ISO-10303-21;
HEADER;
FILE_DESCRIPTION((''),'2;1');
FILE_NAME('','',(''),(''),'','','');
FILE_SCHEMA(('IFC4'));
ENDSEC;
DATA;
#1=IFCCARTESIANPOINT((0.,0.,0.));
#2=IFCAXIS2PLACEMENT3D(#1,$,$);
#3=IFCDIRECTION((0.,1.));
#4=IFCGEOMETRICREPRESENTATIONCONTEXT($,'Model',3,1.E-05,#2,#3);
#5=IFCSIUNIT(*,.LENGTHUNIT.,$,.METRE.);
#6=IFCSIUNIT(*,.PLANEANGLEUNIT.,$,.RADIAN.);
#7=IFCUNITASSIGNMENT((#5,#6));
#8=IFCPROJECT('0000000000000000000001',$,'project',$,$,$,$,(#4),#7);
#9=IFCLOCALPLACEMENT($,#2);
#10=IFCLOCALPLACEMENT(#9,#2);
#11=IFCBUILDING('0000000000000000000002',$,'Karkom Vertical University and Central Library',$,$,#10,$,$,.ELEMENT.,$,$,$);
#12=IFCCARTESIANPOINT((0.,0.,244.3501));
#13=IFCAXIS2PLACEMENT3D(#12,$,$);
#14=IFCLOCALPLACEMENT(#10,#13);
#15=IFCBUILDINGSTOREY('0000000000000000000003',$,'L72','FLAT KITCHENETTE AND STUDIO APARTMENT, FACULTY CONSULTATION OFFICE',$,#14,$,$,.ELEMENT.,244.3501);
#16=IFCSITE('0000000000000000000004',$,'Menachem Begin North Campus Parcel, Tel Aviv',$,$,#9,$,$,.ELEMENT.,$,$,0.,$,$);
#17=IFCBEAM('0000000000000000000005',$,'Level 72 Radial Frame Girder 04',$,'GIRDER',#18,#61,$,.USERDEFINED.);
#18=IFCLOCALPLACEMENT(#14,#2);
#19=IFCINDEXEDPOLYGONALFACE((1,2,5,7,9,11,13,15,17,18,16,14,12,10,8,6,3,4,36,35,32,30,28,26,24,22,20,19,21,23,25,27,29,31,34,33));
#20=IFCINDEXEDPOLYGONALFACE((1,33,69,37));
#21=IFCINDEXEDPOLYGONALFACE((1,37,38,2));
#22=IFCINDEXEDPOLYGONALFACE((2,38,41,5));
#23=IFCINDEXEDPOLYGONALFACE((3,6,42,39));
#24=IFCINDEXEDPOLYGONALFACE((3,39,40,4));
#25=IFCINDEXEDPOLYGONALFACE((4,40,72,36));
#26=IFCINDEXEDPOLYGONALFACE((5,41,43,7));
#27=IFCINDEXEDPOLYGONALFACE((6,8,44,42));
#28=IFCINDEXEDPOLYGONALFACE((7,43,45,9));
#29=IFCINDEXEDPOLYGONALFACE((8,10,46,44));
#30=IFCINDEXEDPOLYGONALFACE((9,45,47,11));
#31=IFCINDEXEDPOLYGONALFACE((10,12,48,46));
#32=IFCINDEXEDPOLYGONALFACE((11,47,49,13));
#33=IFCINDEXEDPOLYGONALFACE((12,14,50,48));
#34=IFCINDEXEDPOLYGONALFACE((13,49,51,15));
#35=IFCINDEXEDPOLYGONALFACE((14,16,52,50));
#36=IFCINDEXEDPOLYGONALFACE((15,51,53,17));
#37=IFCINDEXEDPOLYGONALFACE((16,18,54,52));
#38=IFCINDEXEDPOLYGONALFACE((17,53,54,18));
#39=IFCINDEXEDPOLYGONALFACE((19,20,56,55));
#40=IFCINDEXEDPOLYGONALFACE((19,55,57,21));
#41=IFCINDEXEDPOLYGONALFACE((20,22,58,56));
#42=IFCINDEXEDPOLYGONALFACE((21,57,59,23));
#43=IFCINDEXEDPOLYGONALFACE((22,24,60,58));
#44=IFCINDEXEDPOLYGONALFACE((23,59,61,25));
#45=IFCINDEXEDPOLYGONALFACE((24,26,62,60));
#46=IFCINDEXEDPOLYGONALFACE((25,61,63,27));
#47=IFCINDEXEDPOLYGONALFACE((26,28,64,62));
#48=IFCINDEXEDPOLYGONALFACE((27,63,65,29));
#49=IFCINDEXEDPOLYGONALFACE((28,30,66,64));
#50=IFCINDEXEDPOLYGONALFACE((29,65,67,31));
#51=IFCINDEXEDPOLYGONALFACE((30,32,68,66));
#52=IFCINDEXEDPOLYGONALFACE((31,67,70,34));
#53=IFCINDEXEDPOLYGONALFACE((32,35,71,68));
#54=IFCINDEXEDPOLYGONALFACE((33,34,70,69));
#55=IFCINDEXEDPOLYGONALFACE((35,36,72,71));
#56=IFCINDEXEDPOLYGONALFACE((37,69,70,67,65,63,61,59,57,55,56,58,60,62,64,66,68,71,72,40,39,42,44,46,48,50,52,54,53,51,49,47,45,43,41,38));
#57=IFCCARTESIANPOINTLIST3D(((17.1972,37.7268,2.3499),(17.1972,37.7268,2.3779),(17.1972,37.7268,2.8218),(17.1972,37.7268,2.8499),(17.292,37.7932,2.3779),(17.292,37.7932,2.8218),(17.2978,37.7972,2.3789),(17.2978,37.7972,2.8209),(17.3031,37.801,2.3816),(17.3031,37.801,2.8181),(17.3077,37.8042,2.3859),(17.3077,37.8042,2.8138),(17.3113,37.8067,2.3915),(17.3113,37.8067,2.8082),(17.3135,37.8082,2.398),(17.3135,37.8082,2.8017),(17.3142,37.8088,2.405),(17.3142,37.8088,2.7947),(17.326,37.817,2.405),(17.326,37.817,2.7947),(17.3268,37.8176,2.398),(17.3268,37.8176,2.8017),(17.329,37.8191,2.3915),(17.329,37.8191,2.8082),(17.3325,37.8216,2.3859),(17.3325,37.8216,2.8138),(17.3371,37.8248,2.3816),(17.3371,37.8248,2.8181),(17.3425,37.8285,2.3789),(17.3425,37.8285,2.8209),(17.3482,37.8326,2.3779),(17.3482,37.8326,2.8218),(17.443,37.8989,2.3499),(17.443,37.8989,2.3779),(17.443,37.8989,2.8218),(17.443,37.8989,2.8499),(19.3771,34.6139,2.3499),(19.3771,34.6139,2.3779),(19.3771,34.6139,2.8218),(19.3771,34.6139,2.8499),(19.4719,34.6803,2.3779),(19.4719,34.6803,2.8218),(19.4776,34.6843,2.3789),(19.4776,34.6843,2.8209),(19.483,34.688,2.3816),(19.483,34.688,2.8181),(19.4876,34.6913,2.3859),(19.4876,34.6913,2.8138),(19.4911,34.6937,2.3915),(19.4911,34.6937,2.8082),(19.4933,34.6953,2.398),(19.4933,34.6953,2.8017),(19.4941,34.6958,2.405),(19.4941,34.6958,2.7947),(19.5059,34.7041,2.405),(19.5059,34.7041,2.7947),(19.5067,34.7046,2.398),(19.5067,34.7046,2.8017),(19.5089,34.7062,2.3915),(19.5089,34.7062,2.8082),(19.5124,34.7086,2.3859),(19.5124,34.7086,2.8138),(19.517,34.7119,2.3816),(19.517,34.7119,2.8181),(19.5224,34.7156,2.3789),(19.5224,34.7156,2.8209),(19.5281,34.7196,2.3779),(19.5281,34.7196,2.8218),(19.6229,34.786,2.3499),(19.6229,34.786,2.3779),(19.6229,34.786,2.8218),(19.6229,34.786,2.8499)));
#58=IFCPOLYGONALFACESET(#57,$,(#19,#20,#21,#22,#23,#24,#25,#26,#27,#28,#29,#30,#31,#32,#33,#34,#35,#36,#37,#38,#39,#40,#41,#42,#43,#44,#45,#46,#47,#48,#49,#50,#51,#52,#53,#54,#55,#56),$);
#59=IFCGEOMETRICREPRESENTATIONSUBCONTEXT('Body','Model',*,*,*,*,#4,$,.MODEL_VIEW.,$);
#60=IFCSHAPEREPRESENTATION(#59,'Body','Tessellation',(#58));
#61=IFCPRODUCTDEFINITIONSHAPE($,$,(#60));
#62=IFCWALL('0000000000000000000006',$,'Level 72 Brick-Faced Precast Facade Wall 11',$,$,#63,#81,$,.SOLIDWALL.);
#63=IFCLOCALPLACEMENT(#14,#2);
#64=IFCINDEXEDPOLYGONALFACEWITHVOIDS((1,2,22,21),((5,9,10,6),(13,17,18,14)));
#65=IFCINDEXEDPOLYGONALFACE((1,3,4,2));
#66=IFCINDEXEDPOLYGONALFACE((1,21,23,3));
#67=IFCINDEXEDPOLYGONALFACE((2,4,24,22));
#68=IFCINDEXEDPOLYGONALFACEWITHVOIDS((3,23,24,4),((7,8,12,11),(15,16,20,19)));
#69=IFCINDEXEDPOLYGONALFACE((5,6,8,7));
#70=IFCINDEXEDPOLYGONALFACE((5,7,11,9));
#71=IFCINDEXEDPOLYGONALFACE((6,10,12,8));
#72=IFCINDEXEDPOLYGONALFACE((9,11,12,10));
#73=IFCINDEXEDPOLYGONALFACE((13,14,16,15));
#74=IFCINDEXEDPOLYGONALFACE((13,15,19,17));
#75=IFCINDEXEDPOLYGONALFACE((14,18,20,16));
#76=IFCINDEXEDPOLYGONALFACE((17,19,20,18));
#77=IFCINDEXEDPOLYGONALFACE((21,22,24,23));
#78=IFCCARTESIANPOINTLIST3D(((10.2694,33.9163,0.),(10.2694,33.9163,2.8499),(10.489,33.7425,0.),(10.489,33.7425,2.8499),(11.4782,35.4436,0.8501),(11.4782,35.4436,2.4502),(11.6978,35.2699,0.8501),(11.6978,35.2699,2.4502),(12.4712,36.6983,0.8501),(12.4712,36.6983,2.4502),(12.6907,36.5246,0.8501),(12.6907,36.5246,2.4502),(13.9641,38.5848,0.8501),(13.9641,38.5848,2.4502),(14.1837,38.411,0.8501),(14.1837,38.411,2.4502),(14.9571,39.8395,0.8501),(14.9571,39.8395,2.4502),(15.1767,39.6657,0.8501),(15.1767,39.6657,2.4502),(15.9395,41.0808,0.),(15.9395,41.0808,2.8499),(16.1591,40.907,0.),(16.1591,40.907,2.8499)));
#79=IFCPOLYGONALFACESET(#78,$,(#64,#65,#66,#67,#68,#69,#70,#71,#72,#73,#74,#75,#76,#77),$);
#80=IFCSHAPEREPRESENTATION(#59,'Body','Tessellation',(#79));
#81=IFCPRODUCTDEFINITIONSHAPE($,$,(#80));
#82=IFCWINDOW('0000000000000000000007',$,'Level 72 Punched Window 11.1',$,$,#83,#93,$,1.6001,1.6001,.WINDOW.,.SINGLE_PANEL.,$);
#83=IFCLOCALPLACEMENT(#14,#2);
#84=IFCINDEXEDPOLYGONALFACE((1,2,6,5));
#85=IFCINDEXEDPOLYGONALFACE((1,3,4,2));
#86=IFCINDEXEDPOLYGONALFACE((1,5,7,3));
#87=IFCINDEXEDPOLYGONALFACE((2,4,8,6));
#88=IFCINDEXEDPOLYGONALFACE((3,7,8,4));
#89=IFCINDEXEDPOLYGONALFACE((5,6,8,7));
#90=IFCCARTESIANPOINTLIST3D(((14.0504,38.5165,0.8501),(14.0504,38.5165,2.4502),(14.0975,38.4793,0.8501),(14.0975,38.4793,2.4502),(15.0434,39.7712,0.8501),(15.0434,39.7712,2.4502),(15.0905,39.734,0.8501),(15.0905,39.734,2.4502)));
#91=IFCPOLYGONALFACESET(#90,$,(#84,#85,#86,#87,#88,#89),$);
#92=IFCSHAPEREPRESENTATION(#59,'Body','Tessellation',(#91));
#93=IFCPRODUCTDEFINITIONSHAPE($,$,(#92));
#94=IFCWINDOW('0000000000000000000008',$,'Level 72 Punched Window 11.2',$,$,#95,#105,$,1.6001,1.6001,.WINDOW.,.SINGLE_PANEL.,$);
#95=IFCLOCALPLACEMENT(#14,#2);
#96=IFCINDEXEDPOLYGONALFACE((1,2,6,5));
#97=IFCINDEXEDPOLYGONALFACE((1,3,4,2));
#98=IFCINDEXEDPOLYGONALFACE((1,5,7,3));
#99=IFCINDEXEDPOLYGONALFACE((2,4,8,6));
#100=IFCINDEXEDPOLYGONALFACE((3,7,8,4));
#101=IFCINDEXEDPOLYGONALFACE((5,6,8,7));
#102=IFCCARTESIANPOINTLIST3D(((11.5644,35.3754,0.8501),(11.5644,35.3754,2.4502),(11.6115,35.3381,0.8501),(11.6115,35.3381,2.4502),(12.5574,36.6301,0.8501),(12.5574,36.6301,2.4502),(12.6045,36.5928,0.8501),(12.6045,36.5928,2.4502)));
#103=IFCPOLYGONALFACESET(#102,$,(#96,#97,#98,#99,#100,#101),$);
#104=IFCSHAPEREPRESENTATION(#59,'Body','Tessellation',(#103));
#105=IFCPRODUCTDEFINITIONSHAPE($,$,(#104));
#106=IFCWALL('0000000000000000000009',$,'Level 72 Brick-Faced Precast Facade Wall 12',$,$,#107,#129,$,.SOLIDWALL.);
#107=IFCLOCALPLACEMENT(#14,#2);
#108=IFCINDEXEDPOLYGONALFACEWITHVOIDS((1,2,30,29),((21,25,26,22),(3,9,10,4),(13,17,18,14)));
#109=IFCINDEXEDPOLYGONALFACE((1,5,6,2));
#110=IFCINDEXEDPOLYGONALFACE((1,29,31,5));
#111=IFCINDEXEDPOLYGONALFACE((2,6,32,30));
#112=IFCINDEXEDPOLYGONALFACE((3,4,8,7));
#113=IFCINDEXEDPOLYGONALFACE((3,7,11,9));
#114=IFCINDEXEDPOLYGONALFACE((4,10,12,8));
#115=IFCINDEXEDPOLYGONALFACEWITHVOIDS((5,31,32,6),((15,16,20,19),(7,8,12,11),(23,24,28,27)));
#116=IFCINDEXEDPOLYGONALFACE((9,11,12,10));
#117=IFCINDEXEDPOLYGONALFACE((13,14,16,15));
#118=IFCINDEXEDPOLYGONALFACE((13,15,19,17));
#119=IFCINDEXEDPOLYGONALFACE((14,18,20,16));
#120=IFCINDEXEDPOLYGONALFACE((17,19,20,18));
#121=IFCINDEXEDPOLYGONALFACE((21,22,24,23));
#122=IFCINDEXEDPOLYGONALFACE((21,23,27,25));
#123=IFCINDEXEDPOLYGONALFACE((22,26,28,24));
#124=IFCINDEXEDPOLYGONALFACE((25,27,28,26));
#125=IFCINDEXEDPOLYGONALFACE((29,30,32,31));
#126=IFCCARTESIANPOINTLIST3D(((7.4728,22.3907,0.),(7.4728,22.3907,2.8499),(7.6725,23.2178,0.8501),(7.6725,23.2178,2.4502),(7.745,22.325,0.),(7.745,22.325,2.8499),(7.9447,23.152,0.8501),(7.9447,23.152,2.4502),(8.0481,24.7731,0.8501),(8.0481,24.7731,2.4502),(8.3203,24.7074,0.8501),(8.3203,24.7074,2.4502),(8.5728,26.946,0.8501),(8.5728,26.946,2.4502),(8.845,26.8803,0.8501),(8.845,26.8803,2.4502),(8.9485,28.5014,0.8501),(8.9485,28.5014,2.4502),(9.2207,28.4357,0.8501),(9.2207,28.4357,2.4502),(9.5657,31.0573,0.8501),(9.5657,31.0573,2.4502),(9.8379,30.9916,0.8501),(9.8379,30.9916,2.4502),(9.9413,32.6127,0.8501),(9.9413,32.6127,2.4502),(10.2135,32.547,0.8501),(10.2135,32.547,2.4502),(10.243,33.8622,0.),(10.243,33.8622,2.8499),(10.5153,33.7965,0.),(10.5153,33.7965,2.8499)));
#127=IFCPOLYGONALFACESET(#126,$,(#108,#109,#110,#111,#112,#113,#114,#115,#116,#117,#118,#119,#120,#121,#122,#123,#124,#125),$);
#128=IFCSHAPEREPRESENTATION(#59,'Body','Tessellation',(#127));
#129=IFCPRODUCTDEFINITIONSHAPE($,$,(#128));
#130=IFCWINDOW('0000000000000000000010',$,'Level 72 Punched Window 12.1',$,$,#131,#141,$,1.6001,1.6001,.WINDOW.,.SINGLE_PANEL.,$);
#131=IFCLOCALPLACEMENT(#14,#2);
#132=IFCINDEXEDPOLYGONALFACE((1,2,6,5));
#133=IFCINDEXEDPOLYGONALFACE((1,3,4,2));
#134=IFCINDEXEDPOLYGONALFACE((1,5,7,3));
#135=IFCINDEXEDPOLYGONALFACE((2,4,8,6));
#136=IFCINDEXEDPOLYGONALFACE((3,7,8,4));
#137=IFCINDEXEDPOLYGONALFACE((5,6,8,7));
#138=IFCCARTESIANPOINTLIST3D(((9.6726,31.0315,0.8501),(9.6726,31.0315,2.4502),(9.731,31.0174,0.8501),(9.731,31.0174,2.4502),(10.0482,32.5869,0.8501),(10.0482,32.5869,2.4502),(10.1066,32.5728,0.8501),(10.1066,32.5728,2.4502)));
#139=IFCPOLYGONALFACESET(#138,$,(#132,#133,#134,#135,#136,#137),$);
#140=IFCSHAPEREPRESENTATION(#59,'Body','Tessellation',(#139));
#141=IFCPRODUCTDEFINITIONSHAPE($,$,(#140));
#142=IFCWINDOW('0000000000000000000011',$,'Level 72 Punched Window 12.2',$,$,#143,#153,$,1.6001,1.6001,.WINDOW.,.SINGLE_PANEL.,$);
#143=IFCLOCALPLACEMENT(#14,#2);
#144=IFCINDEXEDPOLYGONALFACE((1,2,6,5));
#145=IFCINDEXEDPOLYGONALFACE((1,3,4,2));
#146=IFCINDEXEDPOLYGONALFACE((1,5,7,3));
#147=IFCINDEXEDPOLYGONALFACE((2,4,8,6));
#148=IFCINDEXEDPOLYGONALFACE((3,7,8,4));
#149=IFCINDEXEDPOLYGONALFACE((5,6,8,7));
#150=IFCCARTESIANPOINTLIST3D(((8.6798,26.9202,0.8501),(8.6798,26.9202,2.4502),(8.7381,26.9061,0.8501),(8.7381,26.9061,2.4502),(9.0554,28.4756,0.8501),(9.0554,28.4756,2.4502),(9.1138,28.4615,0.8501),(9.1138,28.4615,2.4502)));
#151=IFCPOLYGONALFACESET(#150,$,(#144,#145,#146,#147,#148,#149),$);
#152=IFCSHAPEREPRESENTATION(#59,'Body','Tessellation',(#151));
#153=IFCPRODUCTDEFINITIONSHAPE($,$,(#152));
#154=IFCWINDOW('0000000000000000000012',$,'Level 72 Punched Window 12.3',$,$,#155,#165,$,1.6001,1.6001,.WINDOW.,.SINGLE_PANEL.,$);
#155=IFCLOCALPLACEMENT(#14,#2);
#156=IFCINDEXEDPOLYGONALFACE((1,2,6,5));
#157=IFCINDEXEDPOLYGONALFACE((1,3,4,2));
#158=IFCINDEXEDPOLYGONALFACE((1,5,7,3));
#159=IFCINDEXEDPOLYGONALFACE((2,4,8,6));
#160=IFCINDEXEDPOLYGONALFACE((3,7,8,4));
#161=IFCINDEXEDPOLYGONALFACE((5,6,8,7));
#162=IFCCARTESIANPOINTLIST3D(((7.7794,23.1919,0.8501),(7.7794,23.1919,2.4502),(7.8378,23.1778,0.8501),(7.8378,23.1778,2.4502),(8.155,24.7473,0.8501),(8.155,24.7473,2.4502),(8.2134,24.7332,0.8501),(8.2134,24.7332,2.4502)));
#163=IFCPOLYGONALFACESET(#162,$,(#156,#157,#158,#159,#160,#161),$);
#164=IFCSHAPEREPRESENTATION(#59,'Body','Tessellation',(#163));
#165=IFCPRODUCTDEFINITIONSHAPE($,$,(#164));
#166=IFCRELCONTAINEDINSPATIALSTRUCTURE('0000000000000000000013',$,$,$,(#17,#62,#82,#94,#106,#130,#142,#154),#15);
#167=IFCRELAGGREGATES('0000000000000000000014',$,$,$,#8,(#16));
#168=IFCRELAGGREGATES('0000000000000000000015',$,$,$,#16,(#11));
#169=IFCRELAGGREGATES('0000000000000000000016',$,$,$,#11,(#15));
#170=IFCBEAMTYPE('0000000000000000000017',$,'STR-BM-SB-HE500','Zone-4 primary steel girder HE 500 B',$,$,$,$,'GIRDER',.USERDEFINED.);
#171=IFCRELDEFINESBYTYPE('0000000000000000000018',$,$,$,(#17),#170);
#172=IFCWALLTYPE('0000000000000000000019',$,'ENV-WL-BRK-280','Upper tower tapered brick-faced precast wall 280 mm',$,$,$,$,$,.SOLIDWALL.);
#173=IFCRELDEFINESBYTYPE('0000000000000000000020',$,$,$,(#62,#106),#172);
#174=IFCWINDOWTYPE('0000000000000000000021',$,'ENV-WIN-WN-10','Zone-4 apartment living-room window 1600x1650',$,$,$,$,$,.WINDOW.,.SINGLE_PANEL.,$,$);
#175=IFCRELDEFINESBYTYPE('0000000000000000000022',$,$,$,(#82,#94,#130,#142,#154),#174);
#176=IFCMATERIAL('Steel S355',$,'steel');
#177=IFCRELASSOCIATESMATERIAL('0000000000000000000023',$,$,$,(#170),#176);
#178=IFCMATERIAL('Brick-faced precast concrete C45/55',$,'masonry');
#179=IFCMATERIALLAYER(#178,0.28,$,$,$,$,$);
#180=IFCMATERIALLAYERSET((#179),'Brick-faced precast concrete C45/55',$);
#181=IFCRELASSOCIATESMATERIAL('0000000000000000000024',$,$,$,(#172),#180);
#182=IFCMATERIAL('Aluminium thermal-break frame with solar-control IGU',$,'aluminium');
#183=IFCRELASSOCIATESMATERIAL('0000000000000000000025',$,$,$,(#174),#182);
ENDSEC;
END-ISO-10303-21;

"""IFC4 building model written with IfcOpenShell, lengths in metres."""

from ifc_helpers import new_model, si_unit, direction, frame, frame_2d, origin, origin_with_axes, origin_2d, place, context, subcontext, project, spatial, rectangle, i_section, extrude, source, transform, mapped, material, layer, layer_set, material_profile, profile_set, type_object, element, fill, save


model = new_model("IFC4")

# Units and contexts
model_context = context("Model", 3, precision=1e-05, world=origin(), true_north=direction((0.0, 1.0)))
body_context = subcontext(model_context, "Body", "Model", "MODEL_VIEW")
ifc_project = project(units=[si_unit("LENGTHUNIT", "METRE"), si_unit("PLANEANGLEUNIT", "RADIAN")], contexts=[model_context])

# Site, building, storey
site_placement = place(None, origin())
site = spatial("IfcSite", under=ifc_project, at=site_placement, Name="Menachem Begin North Campus Parcel, Tel Aviv", CompositionType="ELEMENT", RefElevation=0.0)
building_placement = place(site_placement, origin())
building = spatial("IfcBuilding", under=site, at=building_placement, Name="Karkom Vertical University and Central Library", CompositionType="ELEMENT")
storey_placement = place(building_placement, frame((0.0, 0.0, 244.3501)))
storey = spatial("IfcBuildingStorey", under=building, at=storey_placement, Name="L72", Description="FLAT KITCHENETTE AND STUDIO APARTMENT, FACULTY CONSULTATION OFFICE", CompositionType="ELEMENT", Elevation=244.3501)

# Beam
ifc_material_1 = material(Name="Steel S355", Category="steel")
ifc_material_profile_1 = material_profile(ifc_material_1, i_section(OverallWidth=0.3, OverallDepth=0.5, WebThickness=0.0144, FlangeThickness=0.0281, FilletRadius=0.0271, at=origin_2d()), Name="HE 500 B")
ifc_profile_set_1 = profile_set([ifc_material_profile_1], Name="Steel S355")
beam_type_1 = type_object("IfcBeamType", Name="STR-BM-SB-HE500", Description="Zone-4 primary steel girder HE 500 B", ElementType="GIRDER", PredefinedType="USERDEFINED", material=ifc_profile_set_1)
shared_shape_1 = source(origin_with_axes(), body_context, "Body", "SweptSolid", [
    extrude(i_section(OverallWidth=0.3, OverallDepth=0.5, WebThickness=0.0144, FlangeThickness=0.0281, FilletRadius=0.0271, at=origin_2d()), origin(), (0.0, 0.0, 1.0), 3.8003),
])
beam_1_placement = place(storey_placement, frame((19.5, 34.7, 2.5999), z_axis=(-0.573605, 0.819132, 0.0), x_axis=(-0.819132, -0.573605, 0.0)))
element("IfcBeam", 1, at=beam_1_placement, inside=storey, type_object=beam_type_1, Name="Level 72 Radial Frame Girder 04", ObjectType="GIRDER", PredefinedType="USERDEFINED", context=body_context, shape_type="MappedRepresentation", body=[
    mapped(shared_shape_1, transform((0.0, 0.0, 0.0), scale=1.0)),
])

# Walls, openings, windows
ifc_material_2 = material(Name="Brick-faced precast concrete C45/55", Category="masonry")
ifc_layer_1 = layer(ifc_material_2, 0.28)
ifc_layer_set_1 = layer_set([ifc_layer_1], Name="Brick-faced precast concrete C45/55")
wall_type_1 = type_object("IfcWallType", Name="ENV-WL-BRK-280", Description="Upper tower tapered brick-faced precast wall 280 mm", PredefinedType="SOLIDWALL", material=ifc_layer_set_1)
wall_1_placement = place(storey_placement, frame((16.0493, 40.9939, 0.0), z_axis=(0.0, 0.0, 1.0), x_axis=(-0.620584, -0.78414, 0.0)))
wall_1 = element("IfcWall", 2, at=wall_1_placement, inside=storey, type_object=wall_type_1, Name="Level 72 Brick-Faced Precast Facade Wall 11", PredefinedType="SOLIDWALL", context=body_context, shape_type="SweptSolid", body=[
    extrude(rectangle(XDim=9.1367, YDim=0.28, at=frame_2d((4.5684, 0.0))), origin(), (0.0, 0.0, 1.0), 2.8499),
])
opening_1_placement = place(wall_1_placement, frame((1.583, 0.0, 0.8501)))
opening_1 = element("IfcOpeningElement", 3, at=opening_1_placement, cuts=wall_1, PredefinedType="OPENING", context=body_context, shape_type="SweptSolid", body=[
    extrude(rectangle(XDim=1.6001, YDim=1.6001, at=frame_2d((0.8, 0.8))), frame((0.0, 0.1499, 0.0), z_axis=(0.0, -1.0, 0.0), x_axis=(1.0, 0.0, 0.0)), (0.0, 0.0, 1.0), 0.3),
])
opening_2_placement = place(wall_1_placement, frame((5.5889, 0.0, 0.8501)))
opening_2 = element("IfcOpeningElement", 4, at=opening_2_placement, cuts=wall_1, PredefinedType="OPENING", context=body_context, shape_type="SweptSolid", body=[
    extrude(rectangle(XDim=1.6001, YDim=1.6001, at=frame_2d((0.8, 0.8))), frame((0.0, 0.1499, 0.0), z_axis=(0.0, -1.0, 0.0), x_axis=(1.0, 0.0, 0.0)), (0.0, 0.0, 1.0), 0.3),
])
ifc_material_3 = material(Name="Aluminium thermal-break frame with solar-control IGU", Category="aluminium")
window_type = type_object("IfcWindowType", Name="ENV-WIN-WN-10", Description="Zone-4 apartment living-room window 1600x1650", PartitioningType="SINGLE_PANEL", PredefinedType="WINDOW", material=ifc_material_3)
shared_shape_2 = source(origin_with_axes(), body_context, "Body", "SweptSolid", [
    extrude(rectangle(XDim=1.6001, YDim=1.6001, at=frame_2d((0.8, 0.8))), frame((0.0, 0.03, 0.0), z_axis=(0.0, -1.0, 0.0), x_axis=(1.0, 0.0, 0.0)), (0.0, 0.0, 1.0), 0.0601),
])
window_1_placement = place(opening_1_placement, origin())
window_1 = element("IfcWindow", 5, at=window_1_placement, inside=storey, type_object=window_type, Name="Level 72 Punched Window 11.1", OverallHeight=1.6001, OverallWidth=1.6001, PartitioningType="SINGLE_PANEL", PredefinedType="WINDOW", context=body_context, shape_type="MappedRepresentation", body=[
    mapped(shared_shape_2, transform((0.0, 0.0, 0.0), scale=1.0)),
])
fill(opening_1, window_1)
window_2_placement = place(opening_2_placement, origin())
window_2 = element("IfcWindow", 6, at=window_2_placement, inside=storey, type_object=window_type, Name="Level 72 Punched Window 11.2", OverallHeight=1.6001, OverallWidth=1.6001, PartitioningType="SINGLE_PANEL", PredefinedType="WINDOW", context=body_context, shape_type="MappedRepresentation", body=[
    mapped(shared_shape_2, transform((0.0, 0.0, 0.0), scale=1.0)),
])
fill(opening_2, window_2)
wall_2_placement = place(storey_placement, frame((10.3792, 33.8293, 0.0), z_axis=(0.0, 0.0, 1.0), x_axis=(-0.234744, -0.972057, 0.0)))
wall_2 = element("IfcWall", 7, at=wall_2_placement, inside=storey, type_object=wall_type_1, Name="Level 72 Brick-Faced Precast Facade Wall 12", PredefinedType="SOLIDWALL", context=body_context, shape_type="SweptSolid", body=[
    extrude(rectangle(XDim=11.8013, YDim=0.28, at=frame_2d((5.9006, 0.0))), origin(), (0.0, 0.0, 1.0), 2.8499),
])
opening_3_placement = place(wall_2_placement, frame((1.2854, 0.0, 0.8501)))
opening_3 = element("IfcOpeningElement", 8, at=opening_3_placement, cuts=wall_2, PredefinedType="OPENING", context=body_context, shape_type="SweptSolid", body=[
    extrude(rectangle(XDim=1.6001, YDim=1.6001, at=frame_2d((0.8, 0.8))), frame((0.0, 0.1499, 0.0), z_axis=(0.0, -1.0, 0.0), x_axis=(1.0, 0.0, 0.0)), (0.0, 0.0, 1.0), 0.3),
])
opening_4_placement = place(wall_2_placement, frame((5.5149, 0.0, 0.8501)))
opening_4 = element("IfcOpeningElement", 9, at=opening_4_placement, cuts=wall_2, PredefinedType="OPENING", context=body_context, shape_type="SweptSolid", body=[
    extrude(rectangle(XDim=1.6001, YDim=1.6001, at=frame_2d((0.8, 0.8))), frame((0.0, 0.1499, 0.0), z_axis=(0.0, -1.0, 0.0), x_axis=(1.0, 0.0, 0.0)), (0.0, 0.0, 1.0), 0.3),
])
opening_5_placement = place(wall_2_placement, frame((9.3503, 0.0, 0.8501)))
opening_5 = element("IfcOpeningElement", 10, at=opening_5_placement, cuts=wall_2, PredefinedType="OPENING", context=body_context, shape_type="SweptSolid", body=[
    extrude(rectangle(XDim=1.6001, YDim=1.6001, at=frame_2d((0.8, 0.8))), frame((0.0, 0.1499, 0.0), z_axis=(0.0, -1.0, 0.0), x_axis=(1.0, 0.0, 0.0)), (0.0, 0.0, 1.0), 0.3),
])
window_3_placement = place(opening_3_placement, origin())
window_3 = element("IfcWindow", 11, at=window_3_placement, inside=storey, type_object=window_type, Name="Level 72 Punched Window 12.1", OverallHeight=1.6001, OverallWidth=1.6001, PartitioningType="SINGLE_PANEL", PredefinedType="WINDOW", context=body_context, shape_type="MappedRepresentation", body=[
    mapped(shared_shape_2, transform((0.0, 0.0, 0.0), scale=1.0)),
])
fill(opening_3, window_3)
window_4_placement = place(opening_4_placement, origin())
window_4 = element("IfcWindow", 12, at=window_4_placement, inside=storey, type_object=window_type, Name="Level 72 Punched Window 12.2", OverallHeight=1.6001, OverallWidth=1.6001, PartitioningType="SINGLE_PANEL", PredefinedType="WINDOW", context=body_context, shape_type="MappedRepresentation", body=[
    mapped(shared_shape_2, transform((0.0, 0.0, 0.0), scale=1.0)),
])
fill(opening_4, window_4)
window_5_placement = place(opening_5_placement, origin())
window_5 = element("IfcWindow", 13, at=window_5_placement, inside=storey, type_object=window_type, Name="Level 72 Punched Window 12.3", OverallHeight=1.6001, OverallWidth=1.6001, PartitioningType="SINGLE_PANEL", PredefinedType="WINDOW", context=body_context, shape_type="MappedRepresentation", body=[
    mapped(shared_shape_2, transform((0.0, 0.0, 0.0), scale=1.0)),
])
fill(opening_5, window_5)

save(model, "model.ifc")
